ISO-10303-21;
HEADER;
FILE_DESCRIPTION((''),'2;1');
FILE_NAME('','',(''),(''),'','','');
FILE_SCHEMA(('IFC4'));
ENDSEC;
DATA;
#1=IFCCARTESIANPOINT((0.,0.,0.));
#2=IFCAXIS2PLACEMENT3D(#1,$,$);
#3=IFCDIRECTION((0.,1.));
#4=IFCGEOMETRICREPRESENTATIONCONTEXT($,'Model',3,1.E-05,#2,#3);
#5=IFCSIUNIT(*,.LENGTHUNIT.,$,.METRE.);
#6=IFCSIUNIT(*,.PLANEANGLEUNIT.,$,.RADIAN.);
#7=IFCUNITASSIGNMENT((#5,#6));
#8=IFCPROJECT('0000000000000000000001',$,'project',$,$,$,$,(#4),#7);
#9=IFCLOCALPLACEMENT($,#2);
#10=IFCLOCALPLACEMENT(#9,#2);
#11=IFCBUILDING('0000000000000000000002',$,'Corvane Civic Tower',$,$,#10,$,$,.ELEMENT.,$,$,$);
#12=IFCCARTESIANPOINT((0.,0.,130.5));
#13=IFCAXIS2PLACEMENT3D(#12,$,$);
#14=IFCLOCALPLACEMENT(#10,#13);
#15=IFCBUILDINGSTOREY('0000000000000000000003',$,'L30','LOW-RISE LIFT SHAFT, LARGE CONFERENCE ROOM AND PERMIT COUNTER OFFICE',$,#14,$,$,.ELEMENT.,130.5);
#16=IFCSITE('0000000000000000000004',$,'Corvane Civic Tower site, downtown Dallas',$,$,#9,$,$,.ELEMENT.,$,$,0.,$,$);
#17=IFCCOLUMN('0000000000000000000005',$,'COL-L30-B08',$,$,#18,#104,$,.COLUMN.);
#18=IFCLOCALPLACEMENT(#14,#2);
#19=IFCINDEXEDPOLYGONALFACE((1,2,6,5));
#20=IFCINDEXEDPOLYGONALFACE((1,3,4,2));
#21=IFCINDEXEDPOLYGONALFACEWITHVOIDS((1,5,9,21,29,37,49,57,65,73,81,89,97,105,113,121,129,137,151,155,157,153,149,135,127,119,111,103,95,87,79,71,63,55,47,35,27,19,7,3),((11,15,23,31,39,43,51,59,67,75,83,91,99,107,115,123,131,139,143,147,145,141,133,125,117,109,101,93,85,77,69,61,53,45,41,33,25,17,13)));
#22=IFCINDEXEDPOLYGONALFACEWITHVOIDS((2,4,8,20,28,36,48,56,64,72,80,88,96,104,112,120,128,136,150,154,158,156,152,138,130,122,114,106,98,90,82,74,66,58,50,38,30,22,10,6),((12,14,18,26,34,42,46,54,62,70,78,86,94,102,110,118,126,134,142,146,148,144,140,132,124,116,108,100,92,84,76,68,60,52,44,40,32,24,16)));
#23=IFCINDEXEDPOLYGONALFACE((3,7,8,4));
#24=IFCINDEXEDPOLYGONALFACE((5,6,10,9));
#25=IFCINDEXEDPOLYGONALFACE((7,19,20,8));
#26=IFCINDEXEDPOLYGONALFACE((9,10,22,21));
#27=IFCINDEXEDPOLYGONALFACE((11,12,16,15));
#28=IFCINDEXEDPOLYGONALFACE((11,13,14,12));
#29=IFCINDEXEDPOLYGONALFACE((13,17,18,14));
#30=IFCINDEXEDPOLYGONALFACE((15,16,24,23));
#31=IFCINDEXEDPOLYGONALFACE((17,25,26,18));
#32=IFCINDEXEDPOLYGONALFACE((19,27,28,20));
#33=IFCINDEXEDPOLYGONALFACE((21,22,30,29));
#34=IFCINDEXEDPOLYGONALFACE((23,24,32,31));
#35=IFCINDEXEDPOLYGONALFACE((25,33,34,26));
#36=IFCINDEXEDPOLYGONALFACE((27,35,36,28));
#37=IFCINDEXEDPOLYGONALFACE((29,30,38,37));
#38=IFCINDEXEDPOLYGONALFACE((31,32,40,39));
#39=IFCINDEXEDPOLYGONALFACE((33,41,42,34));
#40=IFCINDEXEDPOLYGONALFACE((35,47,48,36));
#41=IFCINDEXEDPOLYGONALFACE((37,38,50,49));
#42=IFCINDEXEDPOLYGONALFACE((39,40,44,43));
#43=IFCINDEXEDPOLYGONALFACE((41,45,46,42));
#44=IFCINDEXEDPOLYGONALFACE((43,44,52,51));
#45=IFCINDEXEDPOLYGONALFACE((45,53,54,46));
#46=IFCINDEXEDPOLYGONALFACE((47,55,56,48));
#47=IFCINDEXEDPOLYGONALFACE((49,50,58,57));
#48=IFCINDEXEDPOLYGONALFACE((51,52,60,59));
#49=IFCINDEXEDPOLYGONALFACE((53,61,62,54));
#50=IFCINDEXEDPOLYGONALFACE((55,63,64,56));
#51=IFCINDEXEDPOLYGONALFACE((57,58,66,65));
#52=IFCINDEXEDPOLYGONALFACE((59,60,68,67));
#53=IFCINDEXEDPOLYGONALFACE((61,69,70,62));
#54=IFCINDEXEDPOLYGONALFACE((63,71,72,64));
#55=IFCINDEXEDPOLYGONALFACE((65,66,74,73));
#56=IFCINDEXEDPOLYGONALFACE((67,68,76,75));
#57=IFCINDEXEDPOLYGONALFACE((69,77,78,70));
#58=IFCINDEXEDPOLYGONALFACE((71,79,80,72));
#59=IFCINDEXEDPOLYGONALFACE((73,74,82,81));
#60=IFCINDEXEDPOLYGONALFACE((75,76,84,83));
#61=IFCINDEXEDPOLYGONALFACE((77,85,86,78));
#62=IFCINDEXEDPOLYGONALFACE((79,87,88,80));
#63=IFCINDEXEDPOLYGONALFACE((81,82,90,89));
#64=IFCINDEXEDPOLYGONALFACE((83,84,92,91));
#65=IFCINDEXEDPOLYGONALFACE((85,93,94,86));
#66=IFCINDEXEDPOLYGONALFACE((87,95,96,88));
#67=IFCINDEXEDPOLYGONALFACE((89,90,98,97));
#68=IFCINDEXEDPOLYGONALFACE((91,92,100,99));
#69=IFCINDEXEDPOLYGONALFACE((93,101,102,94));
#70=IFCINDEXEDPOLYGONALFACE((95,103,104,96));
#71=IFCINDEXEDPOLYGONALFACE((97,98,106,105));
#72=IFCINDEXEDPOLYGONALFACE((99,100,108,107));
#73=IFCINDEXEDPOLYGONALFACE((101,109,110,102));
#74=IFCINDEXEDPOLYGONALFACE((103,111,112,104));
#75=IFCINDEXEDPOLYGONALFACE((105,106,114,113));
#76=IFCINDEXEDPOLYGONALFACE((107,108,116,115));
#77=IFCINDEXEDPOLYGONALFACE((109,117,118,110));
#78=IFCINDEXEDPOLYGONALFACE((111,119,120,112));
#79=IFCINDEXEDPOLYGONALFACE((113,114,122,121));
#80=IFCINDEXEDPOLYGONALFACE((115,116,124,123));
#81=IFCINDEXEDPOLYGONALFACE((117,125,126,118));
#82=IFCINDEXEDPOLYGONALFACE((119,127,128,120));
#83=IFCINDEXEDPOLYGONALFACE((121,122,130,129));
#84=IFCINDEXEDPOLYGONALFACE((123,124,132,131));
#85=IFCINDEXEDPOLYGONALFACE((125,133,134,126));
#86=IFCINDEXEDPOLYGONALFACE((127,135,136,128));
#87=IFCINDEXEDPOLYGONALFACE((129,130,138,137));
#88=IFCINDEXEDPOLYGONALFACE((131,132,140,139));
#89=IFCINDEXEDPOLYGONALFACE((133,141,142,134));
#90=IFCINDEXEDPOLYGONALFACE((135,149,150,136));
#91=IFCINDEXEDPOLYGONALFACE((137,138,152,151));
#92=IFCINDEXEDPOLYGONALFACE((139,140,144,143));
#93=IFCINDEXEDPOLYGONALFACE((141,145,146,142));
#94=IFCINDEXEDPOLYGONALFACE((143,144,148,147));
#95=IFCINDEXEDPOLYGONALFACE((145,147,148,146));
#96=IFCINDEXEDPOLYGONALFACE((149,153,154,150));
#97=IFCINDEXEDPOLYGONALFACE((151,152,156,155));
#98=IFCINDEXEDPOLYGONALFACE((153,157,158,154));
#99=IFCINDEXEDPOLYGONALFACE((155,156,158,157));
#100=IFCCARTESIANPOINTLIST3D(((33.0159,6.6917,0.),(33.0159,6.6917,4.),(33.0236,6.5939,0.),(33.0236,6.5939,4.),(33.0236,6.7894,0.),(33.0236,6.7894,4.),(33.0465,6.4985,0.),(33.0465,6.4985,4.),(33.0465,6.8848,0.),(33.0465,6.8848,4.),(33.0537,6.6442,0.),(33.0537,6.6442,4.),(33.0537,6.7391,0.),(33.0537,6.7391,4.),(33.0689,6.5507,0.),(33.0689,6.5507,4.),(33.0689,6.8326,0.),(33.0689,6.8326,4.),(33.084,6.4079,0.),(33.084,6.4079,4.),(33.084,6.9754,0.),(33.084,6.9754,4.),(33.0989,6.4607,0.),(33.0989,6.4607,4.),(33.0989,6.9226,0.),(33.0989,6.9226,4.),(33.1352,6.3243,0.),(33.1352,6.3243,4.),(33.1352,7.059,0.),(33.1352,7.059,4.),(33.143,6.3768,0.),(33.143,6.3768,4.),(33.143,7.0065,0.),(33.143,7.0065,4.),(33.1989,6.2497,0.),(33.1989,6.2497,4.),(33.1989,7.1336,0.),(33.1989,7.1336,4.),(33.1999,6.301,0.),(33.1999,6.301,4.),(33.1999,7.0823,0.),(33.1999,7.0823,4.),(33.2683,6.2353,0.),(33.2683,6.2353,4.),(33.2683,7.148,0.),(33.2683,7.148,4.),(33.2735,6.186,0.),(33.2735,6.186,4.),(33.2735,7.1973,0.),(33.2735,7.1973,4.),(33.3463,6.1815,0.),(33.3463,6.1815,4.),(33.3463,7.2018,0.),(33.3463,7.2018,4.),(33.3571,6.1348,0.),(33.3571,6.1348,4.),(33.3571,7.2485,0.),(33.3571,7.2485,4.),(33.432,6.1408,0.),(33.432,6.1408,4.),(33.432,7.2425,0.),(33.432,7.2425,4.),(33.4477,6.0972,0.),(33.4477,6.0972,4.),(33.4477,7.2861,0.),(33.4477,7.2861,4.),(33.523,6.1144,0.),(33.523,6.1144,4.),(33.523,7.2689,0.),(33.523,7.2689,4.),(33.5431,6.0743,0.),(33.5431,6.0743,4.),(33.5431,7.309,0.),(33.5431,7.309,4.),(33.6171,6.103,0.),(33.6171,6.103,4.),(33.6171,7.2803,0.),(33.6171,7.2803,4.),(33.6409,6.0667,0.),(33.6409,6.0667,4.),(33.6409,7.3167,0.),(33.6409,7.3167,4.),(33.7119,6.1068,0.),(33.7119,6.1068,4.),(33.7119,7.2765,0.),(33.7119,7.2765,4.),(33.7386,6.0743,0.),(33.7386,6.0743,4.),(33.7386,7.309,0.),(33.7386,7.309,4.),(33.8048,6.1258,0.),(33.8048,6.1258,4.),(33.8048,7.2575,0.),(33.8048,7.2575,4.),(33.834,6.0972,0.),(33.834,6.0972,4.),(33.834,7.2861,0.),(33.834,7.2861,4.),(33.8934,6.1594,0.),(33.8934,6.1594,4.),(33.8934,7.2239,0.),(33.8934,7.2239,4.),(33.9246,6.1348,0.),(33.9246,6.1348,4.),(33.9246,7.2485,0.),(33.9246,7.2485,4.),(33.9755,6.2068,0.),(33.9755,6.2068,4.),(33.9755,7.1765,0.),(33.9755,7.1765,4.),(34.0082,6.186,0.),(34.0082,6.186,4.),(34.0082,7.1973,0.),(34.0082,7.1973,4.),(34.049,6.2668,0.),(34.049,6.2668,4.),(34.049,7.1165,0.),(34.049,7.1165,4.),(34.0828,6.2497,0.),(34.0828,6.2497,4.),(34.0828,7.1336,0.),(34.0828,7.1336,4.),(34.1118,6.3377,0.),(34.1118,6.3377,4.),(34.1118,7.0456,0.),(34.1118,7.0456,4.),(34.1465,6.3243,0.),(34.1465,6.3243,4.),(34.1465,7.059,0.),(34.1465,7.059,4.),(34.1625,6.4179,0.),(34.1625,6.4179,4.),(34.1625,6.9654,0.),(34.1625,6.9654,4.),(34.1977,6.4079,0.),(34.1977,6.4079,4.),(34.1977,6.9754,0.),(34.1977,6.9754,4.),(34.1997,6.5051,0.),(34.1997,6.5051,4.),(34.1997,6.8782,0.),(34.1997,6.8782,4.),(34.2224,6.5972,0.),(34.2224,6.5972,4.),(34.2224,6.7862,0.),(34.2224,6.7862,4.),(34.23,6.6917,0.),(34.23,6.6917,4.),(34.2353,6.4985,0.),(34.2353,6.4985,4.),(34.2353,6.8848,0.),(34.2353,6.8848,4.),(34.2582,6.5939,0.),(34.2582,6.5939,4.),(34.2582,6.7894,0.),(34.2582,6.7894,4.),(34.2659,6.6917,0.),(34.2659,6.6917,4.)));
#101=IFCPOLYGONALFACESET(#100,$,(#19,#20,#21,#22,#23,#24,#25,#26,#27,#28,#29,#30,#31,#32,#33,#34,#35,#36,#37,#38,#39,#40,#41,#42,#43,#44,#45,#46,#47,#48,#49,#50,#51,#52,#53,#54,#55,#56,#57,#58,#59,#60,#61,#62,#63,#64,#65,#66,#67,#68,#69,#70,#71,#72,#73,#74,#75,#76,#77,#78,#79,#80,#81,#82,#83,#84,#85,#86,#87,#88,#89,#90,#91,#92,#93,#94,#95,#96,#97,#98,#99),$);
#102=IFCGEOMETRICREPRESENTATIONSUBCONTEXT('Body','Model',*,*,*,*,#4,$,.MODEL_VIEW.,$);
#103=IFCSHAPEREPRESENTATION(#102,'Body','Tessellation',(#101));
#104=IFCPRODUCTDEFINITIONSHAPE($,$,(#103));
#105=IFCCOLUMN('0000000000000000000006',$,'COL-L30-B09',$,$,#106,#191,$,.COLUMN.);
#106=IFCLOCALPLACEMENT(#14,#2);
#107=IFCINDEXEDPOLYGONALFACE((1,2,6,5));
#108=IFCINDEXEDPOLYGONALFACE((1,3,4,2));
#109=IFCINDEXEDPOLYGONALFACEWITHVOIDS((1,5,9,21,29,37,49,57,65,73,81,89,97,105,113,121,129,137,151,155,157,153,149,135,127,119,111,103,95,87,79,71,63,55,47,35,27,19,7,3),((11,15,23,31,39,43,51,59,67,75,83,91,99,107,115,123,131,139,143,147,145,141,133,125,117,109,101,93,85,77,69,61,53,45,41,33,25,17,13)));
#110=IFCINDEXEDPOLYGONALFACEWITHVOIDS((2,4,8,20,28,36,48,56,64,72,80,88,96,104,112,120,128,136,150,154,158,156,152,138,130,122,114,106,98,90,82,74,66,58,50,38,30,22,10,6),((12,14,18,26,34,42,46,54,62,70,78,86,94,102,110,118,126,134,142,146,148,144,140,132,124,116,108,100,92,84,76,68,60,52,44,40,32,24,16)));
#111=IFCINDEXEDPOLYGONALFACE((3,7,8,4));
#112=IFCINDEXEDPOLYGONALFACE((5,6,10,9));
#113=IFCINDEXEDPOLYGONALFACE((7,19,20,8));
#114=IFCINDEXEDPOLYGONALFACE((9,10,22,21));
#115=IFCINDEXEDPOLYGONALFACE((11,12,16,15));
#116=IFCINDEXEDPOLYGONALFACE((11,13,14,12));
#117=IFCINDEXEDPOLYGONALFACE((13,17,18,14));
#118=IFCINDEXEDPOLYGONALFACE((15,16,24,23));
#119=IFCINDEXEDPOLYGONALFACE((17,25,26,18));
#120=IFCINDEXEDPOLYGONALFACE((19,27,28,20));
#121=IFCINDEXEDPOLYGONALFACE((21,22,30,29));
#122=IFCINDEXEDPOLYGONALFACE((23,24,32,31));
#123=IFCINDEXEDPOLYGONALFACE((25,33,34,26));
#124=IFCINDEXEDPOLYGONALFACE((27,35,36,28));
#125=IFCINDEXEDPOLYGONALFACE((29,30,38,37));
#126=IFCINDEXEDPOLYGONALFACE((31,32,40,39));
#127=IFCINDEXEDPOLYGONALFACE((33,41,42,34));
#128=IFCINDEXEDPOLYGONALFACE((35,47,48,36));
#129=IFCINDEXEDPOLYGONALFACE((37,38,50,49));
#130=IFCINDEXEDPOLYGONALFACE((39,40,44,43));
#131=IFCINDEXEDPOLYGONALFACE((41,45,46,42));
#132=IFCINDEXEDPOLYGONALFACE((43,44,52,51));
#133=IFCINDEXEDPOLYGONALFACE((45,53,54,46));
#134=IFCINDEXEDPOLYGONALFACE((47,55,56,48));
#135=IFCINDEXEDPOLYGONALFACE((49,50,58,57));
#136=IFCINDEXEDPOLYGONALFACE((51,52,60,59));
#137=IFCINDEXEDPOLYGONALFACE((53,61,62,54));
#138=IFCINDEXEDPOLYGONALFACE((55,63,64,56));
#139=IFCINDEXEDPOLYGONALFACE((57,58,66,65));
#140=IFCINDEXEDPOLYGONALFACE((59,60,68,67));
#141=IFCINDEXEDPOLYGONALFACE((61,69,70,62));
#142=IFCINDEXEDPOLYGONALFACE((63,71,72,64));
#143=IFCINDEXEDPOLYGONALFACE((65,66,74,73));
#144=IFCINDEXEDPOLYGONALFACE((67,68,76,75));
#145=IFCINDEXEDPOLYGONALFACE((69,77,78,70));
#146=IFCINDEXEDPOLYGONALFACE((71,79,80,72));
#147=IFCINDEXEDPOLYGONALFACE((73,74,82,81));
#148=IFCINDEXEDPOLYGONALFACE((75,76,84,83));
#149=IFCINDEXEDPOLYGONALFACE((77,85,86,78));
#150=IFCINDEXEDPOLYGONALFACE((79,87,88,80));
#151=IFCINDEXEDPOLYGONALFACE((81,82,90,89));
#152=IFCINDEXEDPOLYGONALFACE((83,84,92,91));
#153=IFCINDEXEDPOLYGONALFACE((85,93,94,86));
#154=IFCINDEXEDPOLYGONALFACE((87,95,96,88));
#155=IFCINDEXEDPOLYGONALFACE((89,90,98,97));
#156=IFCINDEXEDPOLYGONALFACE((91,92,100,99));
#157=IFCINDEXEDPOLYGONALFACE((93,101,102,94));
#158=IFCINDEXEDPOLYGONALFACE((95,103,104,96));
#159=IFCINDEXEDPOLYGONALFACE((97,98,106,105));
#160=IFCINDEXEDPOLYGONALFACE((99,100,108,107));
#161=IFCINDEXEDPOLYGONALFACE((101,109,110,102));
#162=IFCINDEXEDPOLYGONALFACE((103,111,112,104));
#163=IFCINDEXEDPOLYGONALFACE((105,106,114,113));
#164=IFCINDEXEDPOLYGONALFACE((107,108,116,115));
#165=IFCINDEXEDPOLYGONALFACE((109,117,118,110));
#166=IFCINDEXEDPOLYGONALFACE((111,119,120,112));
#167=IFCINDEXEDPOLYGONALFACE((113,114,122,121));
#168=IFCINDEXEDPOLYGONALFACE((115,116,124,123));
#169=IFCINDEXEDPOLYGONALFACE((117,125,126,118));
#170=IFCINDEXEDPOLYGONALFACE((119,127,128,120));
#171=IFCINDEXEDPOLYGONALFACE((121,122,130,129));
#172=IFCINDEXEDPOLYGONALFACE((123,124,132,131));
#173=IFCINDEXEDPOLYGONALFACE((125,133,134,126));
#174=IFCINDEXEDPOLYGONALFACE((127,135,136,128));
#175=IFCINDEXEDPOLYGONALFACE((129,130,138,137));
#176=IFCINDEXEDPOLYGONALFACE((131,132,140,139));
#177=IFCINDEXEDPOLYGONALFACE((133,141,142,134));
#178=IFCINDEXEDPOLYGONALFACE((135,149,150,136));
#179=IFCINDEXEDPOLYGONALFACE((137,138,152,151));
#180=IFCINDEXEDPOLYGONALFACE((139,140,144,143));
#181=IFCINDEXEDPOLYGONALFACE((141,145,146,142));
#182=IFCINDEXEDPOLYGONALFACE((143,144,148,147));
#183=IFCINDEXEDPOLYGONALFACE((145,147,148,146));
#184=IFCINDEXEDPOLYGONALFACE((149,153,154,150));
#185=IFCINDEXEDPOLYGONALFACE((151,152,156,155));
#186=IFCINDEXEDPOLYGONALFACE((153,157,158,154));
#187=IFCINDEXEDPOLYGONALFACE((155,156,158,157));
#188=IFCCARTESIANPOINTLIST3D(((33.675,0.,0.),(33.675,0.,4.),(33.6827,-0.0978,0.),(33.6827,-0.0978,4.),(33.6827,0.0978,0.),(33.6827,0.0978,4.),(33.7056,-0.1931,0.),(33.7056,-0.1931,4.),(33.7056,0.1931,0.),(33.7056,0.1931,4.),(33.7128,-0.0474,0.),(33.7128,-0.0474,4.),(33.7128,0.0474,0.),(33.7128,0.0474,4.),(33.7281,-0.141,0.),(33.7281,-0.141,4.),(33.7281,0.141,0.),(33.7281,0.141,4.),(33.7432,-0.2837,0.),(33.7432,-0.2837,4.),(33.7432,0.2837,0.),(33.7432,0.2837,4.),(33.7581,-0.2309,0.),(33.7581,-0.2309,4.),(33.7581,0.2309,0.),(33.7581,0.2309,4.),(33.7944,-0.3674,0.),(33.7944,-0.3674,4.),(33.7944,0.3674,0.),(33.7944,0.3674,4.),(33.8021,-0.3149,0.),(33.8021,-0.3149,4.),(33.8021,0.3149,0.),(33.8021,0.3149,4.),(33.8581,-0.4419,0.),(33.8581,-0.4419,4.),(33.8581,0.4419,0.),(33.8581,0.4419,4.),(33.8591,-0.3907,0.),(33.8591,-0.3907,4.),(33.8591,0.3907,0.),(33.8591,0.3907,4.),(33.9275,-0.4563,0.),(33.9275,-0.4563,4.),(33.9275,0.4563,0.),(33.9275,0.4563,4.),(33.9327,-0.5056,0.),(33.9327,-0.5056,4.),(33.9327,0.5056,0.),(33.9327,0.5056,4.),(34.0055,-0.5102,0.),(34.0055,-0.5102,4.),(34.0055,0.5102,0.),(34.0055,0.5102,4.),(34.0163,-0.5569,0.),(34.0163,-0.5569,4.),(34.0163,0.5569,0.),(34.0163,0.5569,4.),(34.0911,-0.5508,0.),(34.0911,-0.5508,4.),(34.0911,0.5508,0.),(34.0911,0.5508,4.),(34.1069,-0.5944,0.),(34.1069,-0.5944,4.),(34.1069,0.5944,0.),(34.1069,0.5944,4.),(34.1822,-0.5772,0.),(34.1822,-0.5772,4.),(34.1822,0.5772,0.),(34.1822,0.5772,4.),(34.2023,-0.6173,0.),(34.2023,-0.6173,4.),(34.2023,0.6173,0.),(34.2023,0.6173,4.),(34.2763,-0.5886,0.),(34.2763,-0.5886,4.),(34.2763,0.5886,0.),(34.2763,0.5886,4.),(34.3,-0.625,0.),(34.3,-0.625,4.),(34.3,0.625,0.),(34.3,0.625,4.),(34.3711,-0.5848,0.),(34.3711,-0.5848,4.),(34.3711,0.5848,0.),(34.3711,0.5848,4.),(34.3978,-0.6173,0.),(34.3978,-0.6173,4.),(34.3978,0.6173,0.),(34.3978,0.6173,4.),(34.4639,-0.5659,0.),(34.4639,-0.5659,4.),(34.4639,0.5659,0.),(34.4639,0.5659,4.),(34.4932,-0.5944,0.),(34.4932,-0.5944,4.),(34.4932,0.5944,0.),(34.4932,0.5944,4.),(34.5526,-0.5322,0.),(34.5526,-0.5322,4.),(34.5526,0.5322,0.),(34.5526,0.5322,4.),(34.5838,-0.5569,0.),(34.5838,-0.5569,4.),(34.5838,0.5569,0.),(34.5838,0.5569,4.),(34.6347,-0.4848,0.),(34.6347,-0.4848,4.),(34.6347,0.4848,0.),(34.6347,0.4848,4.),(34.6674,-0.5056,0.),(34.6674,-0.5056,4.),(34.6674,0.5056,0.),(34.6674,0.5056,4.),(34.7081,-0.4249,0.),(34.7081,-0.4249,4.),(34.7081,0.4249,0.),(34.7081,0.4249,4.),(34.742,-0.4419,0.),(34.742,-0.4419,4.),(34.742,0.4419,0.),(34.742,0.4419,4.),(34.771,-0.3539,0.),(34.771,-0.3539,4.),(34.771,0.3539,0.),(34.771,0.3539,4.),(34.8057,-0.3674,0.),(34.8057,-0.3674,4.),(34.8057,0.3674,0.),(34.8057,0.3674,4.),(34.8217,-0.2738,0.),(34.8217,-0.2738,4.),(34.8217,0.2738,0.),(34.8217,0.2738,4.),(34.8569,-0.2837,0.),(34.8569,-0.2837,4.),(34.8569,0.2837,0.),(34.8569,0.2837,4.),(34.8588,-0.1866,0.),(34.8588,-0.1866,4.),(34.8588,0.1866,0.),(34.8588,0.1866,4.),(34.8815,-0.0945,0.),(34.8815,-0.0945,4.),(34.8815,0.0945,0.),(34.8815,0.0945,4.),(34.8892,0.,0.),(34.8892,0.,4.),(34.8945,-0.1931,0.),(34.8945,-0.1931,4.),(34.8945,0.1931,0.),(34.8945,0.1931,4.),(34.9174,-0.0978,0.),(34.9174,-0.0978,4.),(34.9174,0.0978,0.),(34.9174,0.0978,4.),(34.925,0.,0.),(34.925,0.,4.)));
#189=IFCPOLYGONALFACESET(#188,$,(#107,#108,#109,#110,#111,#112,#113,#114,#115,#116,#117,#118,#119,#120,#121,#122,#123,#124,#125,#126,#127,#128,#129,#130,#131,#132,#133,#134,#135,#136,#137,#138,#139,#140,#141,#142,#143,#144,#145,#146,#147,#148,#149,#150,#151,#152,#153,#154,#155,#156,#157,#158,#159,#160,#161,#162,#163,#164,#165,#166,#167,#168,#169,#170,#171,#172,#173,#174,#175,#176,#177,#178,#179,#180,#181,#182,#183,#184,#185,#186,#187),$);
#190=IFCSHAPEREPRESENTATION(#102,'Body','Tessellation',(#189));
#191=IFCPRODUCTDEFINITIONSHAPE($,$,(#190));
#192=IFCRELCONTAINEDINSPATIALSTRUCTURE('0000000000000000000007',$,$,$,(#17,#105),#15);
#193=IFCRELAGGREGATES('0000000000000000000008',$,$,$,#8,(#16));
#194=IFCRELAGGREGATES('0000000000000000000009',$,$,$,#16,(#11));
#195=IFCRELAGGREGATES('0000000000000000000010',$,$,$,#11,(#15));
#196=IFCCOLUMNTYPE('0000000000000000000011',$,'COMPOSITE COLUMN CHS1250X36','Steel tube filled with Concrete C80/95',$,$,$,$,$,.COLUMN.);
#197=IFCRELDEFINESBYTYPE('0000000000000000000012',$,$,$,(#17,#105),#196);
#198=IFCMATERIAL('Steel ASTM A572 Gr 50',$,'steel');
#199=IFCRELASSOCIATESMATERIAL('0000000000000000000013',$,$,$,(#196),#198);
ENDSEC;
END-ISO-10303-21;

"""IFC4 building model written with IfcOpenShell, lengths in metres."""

from ifc_helpers import new_model, si_unit, direction, frame, origin, origin_2d, place, context, subcontext, project, spatial, hollow_circle, extrude, material, material_profile, profile_set, type_object, element, save


model = new_model("IFC4")

# Units and contexts
model_context = context("Model", 3, precision=1e-05, world=origin(), true_north=direction((0.0, 1.0)))
body_context = subcontext(model_context, "Body", "Model", "MODEL_VIEW")
ifc_project = project(units=[si_unit("LENGTHUNIT", "METRE"), si_unit("PLANEANGLEUNIT", "RADIAN")], contexts=[model_context])

# Site, building, storey
site_placement = place(None, origin())
site = spatial("IfcSite", under=ifc_project, at=site_placement, Name="Corvane Civic Tower site, downtown Dallas", CompositionType="ELEMENT", RefElevation=0.0)
building_placement = place(site_placement, origin())
building = spatial("IfcBuilding", under=site, at=building_placement, Name="Corvane Civic Tower", CompositionType="ELEMENT")
storey_placement = place(building_placement, frame((0.0, 0.0, 130.5)))
storey = spatial("IfcBuildingStorey", under=building, at=storey_placement, Name="L30", Description="LOW-RISE LIFT SHAFT, LARGE CONFERENCE ROOM AND PERMIT COUNTER OFFICE", CompositionType="ELEMENT", Elevation=130.5)

# Columns
ifc_material_1 = material(Name="Steel ASTM A572 Gr 50", Category="steel")
ifc_material_profile_1 = material_profile(ifc_material_1, hollow_circle(Radius=0.625, WallThickness=0.0359, at=origin_2d()), Name="CHS1250X36")
ifc_profile_set_1 = profile_set([ifc_material_profile_1], Name="Steel ASTM A572 Gr 50")
column_type = type_object("IfcColumnType", Name="COMPOSITE COLUMN CHS1250X36", Description="Steel tube filled with Concrete C80/95", PredefinedType="COLUMN", material=ifc_profile_set_1)
for number, where, z_axis, x_axis, name in (
    (1, (33.6409, 6.6917, 0.0), (0.0, 0.0, 1.0), (1.0, 0.0, 0.0), "COL-L30-B08"),
    (2, (34.3, 0.0, 0.0), (0.0, 0.0, 1.0), (1.0, 0.0, 0.0), "COL-L30-B09"),
):
    element("IfcColumn", number, at=place(storey_placement, frame(where, z_axis=z_axis, x_axis=x_axis)), inside=storey, type_object=column_type, Name=name, PredefinedType="COLUMN", context=body_context, shape_type="SweptSolid", body=[
        extrude(hollow_circle(Radius=0.625, WallThickness=0.0359, at=origin_2d()), origin(), (0.0, 0.0, 1.0), 4.0),
    ])

save(model, "model.ifc")
